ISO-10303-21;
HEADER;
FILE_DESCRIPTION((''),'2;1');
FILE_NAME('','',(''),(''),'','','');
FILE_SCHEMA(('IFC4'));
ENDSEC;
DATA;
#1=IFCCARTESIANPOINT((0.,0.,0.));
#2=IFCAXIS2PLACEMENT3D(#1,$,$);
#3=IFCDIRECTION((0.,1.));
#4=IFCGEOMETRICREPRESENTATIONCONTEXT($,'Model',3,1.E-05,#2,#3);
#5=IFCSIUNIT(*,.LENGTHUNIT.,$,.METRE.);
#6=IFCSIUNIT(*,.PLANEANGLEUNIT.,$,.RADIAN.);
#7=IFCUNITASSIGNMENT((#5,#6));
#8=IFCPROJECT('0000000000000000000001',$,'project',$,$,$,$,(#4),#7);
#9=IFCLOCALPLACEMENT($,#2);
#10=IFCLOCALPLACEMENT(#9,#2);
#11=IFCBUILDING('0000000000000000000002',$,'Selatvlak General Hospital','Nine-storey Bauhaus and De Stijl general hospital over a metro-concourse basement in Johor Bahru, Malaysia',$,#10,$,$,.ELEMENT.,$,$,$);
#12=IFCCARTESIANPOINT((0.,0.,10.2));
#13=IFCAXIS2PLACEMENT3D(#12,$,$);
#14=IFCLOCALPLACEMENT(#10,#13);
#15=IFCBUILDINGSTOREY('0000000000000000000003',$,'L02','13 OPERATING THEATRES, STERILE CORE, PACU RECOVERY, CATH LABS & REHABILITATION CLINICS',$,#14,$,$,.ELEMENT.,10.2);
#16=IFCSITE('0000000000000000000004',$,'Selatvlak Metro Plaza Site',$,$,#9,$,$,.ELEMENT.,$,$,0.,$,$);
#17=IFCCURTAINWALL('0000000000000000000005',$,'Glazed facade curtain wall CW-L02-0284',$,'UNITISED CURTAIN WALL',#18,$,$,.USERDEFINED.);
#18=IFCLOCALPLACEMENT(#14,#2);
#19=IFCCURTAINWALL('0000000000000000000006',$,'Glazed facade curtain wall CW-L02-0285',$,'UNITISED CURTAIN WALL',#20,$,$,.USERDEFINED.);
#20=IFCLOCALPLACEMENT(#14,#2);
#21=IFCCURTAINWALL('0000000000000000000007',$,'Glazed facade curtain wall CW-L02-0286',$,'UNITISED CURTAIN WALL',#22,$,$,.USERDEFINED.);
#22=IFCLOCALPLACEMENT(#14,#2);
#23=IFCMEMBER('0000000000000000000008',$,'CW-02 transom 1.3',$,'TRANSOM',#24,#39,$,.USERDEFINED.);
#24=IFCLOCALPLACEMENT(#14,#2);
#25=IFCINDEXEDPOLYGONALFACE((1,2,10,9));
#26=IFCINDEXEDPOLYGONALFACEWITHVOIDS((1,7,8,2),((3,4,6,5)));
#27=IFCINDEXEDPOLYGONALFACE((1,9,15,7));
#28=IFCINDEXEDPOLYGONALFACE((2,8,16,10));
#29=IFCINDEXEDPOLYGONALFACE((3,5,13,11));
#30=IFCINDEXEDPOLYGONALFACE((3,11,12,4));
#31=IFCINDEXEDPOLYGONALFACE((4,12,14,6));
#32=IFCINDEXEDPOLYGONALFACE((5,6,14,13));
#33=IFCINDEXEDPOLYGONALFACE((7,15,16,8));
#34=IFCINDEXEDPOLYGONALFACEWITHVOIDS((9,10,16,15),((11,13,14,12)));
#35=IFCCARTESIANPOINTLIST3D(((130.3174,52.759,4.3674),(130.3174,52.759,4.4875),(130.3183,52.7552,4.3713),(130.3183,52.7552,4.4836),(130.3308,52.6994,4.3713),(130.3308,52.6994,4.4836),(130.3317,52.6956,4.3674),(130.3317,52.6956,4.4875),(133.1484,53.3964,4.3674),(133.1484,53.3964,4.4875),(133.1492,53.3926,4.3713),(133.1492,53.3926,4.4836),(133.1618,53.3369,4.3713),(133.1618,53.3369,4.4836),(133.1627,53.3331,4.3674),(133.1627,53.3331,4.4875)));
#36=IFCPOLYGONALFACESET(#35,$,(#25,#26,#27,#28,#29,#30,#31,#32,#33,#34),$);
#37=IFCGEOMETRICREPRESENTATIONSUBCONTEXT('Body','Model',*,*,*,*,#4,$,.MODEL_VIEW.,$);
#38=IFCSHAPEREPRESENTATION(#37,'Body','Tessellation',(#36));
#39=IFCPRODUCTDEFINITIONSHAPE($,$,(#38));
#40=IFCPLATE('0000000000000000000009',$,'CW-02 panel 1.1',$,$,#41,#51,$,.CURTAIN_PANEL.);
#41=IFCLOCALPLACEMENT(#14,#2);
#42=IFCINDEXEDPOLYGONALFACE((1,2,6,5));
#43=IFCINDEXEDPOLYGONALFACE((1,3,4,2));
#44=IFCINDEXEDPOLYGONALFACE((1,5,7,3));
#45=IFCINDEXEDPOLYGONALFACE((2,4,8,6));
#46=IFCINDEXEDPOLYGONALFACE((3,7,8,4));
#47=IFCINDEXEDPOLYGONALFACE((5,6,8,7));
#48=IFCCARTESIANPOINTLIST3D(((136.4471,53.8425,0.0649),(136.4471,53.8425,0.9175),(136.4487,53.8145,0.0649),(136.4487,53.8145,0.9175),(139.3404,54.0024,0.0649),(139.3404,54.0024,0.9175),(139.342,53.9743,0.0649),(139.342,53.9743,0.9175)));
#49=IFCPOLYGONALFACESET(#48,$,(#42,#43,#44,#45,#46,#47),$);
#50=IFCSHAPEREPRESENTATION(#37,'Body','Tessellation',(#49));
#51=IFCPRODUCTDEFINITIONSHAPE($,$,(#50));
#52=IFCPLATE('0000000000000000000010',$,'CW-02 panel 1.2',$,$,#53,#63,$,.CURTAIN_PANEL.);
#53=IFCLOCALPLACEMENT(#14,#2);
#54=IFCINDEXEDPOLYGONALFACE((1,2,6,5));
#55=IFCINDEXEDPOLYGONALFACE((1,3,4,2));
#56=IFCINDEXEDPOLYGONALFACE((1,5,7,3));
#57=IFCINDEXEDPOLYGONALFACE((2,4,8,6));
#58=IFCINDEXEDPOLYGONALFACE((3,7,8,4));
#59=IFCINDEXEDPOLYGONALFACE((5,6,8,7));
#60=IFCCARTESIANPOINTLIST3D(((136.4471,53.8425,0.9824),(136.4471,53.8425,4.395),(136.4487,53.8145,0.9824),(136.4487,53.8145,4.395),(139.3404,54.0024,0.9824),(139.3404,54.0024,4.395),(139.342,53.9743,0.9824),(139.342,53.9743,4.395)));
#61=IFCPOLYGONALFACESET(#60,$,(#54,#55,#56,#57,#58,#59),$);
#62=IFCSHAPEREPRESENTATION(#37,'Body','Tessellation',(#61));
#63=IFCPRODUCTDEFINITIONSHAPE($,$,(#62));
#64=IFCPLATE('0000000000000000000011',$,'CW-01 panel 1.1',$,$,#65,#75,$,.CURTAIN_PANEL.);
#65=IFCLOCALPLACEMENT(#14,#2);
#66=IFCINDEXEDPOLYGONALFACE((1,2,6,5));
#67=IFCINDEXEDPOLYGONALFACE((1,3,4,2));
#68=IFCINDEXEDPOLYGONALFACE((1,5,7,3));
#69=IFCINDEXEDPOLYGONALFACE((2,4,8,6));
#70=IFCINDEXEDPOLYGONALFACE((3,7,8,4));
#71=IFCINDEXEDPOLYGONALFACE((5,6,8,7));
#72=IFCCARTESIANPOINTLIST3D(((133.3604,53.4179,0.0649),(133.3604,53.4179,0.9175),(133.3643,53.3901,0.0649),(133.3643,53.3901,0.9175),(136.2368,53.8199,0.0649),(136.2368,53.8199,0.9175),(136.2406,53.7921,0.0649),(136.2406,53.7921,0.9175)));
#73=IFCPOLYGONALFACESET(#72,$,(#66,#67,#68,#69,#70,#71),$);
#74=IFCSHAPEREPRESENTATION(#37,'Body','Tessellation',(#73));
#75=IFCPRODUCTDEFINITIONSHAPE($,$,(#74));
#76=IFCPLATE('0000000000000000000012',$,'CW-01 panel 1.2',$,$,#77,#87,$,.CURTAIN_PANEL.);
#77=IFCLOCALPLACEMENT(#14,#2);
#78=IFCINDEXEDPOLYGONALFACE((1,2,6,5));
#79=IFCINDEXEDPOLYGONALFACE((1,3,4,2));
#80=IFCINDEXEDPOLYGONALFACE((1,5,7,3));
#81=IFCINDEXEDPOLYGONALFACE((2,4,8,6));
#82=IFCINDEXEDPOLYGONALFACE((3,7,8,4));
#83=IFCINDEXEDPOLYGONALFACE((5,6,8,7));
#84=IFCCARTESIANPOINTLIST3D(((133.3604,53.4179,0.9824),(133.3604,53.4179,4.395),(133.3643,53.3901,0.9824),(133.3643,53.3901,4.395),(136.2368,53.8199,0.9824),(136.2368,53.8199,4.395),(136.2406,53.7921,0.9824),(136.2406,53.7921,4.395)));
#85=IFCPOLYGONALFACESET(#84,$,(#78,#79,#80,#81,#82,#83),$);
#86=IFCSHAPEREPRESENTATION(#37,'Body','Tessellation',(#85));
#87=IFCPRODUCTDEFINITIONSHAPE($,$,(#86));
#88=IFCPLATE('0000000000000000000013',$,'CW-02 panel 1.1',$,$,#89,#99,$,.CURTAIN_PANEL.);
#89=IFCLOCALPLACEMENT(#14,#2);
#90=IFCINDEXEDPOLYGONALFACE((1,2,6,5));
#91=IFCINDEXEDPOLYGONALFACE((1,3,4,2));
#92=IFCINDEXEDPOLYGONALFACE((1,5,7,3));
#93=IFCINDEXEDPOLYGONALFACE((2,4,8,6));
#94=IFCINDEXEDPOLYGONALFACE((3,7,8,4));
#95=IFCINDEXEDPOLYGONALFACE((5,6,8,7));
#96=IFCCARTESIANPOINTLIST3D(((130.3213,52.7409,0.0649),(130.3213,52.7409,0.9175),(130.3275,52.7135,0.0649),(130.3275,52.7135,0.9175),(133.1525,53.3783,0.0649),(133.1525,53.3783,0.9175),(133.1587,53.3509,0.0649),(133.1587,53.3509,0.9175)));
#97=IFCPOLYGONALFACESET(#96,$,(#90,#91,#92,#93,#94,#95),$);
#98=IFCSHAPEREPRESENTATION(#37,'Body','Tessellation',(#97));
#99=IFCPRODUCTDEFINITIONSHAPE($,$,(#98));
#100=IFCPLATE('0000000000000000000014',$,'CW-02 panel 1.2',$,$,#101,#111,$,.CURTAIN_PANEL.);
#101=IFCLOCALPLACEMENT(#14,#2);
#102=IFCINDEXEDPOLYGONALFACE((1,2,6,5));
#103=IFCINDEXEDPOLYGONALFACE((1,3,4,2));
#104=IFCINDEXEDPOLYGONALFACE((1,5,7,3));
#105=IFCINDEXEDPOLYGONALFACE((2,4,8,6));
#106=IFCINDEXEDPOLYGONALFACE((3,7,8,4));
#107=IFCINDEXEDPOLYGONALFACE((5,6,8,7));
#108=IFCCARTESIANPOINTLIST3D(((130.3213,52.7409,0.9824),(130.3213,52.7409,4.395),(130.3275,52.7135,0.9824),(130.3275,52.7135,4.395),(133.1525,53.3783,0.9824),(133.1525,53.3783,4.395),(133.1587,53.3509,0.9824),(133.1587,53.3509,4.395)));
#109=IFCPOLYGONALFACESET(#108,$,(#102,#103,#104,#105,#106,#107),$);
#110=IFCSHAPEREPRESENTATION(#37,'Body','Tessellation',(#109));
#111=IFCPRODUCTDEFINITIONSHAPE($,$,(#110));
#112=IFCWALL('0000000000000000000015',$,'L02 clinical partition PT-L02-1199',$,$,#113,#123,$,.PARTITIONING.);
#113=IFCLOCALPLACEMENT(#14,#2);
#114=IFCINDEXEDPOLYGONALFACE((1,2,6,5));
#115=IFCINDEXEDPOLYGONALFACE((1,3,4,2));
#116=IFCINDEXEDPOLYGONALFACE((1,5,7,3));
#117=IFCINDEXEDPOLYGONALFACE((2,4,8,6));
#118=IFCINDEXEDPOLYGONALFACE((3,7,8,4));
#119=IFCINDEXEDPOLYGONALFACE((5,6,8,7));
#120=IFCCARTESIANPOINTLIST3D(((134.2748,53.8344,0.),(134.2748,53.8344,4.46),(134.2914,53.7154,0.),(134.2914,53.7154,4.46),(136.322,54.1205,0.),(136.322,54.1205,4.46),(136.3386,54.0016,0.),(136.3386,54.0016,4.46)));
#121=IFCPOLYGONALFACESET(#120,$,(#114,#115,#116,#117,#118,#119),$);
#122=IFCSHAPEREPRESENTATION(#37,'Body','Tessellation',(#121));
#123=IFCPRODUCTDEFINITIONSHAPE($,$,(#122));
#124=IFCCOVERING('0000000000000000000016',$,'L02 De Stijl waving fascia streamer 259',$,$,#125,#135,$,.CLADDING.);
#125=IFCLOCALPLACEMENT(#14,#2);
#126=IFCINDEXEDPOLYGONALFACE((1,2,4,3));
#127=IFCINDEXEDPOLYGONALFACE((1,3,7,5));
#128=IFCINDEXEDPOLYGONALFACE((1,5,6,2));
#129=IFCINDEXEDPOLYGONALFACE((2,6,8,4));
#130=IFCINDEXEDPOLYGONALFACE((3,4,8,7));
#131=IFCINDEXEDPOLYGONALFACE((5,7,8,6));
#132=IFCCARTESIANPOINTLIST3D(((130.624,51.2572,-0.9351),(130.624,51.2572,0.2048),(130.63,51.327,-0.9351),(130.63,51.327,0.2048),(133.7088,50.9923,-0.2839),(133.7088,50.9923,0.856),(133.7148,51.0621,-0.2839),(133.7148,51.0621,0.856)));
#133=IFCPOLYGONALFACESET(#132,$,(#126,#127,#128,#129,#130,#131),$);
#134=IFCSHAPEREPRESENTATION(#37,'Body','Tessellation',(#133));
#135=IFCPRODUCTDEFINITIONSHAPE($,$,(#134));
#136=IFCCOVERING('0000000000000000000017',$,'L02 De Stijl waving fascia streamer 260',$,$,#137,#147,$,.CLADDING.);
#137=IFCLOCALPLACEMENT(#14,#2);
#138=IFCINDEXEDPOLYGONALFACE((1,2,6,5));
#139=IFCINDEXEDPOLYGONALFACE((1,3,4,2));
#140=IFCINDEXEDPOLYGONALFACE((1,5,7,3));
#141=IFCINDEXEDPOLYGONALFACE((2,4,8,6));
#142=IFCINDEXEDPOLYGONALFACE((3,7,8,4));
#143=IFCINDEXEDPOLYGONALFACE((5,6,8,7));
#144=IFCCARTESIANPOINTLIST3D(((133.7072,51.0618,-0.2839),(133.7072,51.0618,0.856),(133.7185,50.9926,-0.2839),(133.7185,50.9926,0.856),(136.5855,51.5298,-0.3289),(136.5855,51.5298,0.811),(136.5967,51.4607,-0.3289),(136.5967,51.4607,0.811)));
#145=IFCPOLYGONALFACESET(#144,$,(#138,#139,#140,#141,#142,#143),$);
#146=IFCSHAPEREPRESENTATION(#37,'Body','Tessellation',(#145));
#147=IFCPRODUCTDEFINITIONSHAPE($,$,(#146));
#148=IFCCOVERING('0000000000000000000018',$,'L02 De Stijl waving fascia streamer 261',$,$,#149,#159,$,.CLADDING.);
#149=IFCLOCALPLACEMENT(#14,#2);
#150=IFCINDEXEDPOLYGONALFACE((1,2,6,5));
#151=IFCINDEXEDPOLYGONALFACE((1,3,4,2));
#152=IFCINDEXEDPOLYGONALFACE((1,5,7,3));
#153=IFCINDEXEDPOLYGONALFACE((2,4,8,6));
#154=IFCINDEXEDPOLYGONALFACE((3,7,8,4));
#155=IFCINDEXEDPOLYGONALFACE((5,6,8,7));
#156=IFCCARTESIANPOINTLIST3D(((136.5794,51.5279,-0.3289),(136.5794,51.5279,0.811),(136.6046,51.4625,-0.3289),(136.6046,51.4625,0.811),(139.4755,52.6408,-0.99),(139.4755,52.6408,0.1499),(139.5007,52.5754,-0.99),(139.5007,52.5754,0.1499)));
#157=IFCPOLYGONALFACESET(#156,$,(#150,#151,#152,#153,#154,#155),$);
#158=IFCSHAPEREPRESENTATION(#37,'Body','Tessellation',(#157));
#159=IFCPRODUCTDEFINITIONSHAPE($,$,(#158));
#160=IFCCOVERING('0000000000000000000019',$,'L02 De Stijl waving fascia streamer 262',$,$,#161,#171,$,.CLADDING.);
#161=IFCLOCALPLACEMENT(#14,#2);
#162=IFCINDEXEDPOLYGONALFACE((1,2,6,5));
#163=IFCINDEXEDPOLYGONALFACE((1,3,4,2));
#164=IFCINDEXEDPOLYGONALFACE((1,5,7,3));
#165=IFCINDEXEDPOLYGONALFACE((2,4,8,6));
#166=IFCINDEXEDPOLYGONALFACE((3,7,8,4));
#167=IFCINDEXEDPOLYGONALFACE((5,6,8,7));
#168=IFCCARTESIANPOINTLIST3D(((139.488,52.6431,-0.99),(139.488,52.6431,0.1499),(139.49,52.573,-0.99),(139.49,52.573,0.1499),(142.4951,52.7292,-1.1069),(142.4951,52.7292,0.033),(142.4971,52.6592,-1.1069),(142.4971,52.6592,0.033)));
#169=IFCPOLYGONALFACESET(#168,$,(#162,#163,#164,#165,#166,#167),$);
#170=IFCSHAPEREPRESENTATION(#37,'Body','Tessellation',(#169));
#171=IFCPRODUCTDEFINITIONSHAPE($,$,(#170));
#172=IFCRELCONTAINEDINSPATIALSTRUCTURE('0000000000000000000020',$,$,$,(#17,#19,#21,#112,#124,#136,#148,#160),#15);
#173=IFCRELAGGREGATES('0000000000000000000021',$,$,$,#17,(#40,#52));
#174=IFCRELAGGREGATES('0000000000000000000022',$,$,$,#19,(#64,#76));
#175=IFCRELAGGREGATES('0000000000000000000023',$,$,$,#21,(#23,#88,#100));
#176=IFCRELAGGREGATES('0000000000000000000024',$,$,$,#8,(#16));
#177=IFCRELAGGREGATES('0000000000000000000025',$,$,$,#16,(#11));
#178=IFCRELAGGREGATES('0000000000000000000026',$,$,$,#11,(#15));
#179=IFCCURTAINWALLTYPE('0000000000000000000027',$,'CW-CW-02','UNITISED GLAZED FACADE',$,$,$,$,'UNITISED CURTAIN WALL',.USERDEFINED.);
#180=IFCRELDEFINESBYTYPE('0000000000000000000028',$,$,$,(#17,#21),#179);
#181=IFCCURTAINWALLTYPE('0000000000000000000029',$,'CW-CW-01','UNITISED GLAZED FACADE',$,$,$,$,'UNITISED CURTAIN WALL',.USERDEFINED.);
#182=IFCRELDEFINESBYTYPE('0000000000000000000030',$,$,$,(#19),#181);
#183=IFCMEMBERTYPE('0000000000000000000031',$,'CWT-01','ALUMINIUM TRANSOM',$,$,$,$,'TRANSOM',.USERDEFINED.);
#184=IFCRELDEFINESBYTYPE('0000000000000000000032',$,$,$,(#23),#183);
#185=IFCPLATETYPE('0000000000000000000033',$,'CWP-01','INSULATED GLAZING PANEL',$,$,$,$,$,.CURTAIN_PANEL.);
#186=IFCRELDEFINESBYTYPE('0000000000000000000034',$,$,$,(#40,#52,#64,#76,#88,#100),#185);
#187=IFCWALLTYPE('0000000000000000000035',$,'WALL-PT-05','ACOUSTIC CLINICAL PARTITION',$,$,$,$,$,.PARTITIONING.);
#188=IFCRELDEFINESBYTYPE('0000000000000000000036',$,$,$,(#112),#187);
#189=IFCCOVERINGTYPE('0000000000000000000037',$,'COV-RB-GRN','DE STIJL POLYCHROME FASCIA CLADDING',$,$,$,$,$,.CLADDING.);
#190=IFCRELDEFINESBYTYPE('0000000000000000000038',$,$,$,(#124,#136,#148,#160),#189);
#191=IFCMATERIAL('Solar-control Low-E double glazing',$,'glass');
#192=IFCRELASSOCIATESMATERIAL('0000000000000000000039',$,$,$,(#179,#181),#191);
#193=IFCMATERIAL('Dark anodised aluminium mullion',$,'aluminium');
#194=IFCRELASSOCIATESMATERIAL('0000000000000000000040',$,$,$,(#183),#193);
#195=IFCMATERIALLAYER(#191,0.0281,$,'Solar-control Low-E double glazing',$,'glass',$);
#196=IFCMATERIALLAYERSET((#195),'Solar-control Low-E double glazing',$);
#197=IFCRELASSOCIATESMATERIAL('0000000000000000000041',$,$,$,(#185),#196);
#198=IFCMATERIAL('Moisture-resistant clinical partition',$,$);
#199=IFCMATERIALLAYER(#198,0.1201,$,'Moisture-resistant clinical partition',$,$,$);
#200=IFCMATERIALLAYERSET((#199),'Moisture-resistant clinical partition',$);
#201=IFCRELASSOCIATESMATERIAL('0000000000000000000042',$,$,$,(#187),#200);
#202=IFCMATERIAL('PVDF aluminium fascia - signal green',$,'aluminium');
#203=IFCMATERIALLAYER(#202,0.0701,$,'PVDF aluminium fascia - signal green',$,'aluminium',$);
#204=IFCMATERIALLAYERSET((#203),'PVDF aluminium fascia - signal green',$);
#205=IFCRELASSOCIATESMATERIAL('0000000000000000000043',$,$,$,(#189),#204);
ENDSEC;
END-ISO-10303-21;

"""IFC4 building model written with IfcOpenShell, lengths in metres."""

from ifc_helpers import new_model, si_unit, direction, frame, frame_2d, origin, origin_2d, place, context, subcontext, project, spatial, polyline, rectangle, hollow_rectangle, outline, extrude, material, layer, layer_set, material_profile, profile_set, type_object, element, aggregate, save


model = new_model("IFC4")

# Units and contexts
model_context = context("Model", 3, precision=1e-05, world=origin(), true_north=direction((0.0, 1.0)))
body_context = subcontext(model_context, "Body", "Model", "MODEL_VIEW")
ifc_project = project(units=[si_unit("LENGTHUNIT", "METRE"), si_unit("PLANEANGLEUNIT", "RADIAN")], contexts=[model_context])

# Site, building, storey
site_placement = place(None, origin())
site = spatial("IfcSite", under=ifc_project, at=site_placement, Name="Selatvlak Metro Plaza Site", CompositionType="ELEMENT", RefElevation=0.0)
building_placement = place(site_placement, origin())
building = spatial("IfcBuilding", under=site, at=building_placement, Name="Selatvlak General Hospital", Description="Nine-storey Bauhaus and De Stijl general hospital over a metro-concourse basement in Johor Bahru, Malaysia", CompositionType="ELEMENT")
storey_placement = place(building_placement, frame((0.0, 0.0, 10.2)))
storey = spatial("IfcBuildingStorey", under=building, at=storey_placement, Name="L02", Description="13 OPERATING THEATRES, STERILE CORE, PACU RECOVERY, CATH LABS & REHABILITATION CLINICS", CompositionType="ELEMENT", Elevation=10.2)

# Curtain wall
ifc_material_1 = material(Name="Solar-control Low-E double glazing", Category="glass")
curtain_wall_type_1 = type_object("IfcCurtainWallType", Name="CW-CW-02", Description="UNITISED GLAZED FACADE", ElementType="UNITISED CURTAIN WALL", PredefinedType="USERDEFINED", material=ifc_material_1)
curtain_wall_1_placement = place(storey_placement, origin())
curtain_wall_1 = element("IfcCurtainWall", 1, at=curtain_wall_1_placement, inside=storey, type_object=curtain_wall_type_1, Name="Glazed facade curtain wall CW-L02-0284", ObjectType="UNITISED CURTAIN WALL", PredefinedType="USERDEFINED")
ifc_material_2 = material(Name="Dark anodised aluminium mullion", Category="aluminium")

# Curtain walls
curtain_wall_type_2 = type_object("IfcCurtainWallType", Name="CW-CW-01", Description="UNITISED GLAZED FACADE", ElementType="UNITISED CURTAIN WALL", PredefinedType="USERDEFINED", material=ifc_material_1)
curtain_wall_2_placement = place(storey_placement, origin())
curtain_wall_2 = element("IfcCurtainWall", 2, at=curtain_wall_2_placement, inside=storey, type_object=curtain_wall_type_2, Name="Glazed facade curtain wall CW-L02-0285", ObjectType="UNITISED CURTAIN WALL", PredefinedType="USERDEFINED")
curtain_wall_3_placement = place(storey_placement, origin())
curtain_wall_3 = element("IfcCurtainWall", 3, at=curtain_wall_3_placement, inside=storey, type_object=curtain_wall_type_1, Name="Glazed facade curtain wall CW-L02-0286", ObjectType="UNITISED CURTAIN WALL", PredefinedType="USERDEFINED")

# Member
ifc_material_profile_1 = material_profile(ifc_material_2, hollow_rectangle(XDim=0.0649, YDim=0.1201, WallThickness=0.0039, at=origin_2d()), Name="AL-TRN 65x120x4")
ifc_profile_set_1 = profile_set([ifc_material_profile_1], Name="Dark anodised aluminium mullion")
member_type_1 = type_object("IfcMemberType", Name="CWT-01", Description="ALUMINIUM TRANSOM", ElementType="TRANSOM", PredefinedType="USERDEFINED", material=ifc_profile_set_1)
member_1_placement = place(storey_placement, frame((133.1555, 53.3647, 4.4275), z_axis=(-0.975576, -0.219664, 0.0), x_axis=(0.219664, -0.975576, 0.0)))
member_1 = element("IfcMember", 4, at=member_1_placement, type_object=member_type_1, Name="CW-02 transom 1.3", ObjectType="TRANSOM", PredefinedType="USERDEFINED", context=body_context, shape_type="SweptSolid", body=[
    extrude(hollow_rectangle(XDim=0.0649, YDim=0.1201, WallThickness=0.0039, at=origin_2d()), origin(), (0.0, 0.0, 1.0), 2.9019),
])

# Plates
ifc_layer_1 = layer(ifc_material_1, 0.0281, Name="Solar-control Low-E double glazing", Category="glass")
ifc_layer_set_1 = layer_set([ifc_layer_1], Name="Solar-control Low-E double glazing")
plate_type = type_object("IfcPlateType", Name="CWP-01", Description="INSULATED GLAZING PANEL", PredefinedType="CURTAIN_PANEL", material=ifc_layer_set_1)
plate_1_placement = place(storey_placement, frame((137.8945, 53.9084, 0.0649), z_axis=(0.0, 0.0, 1.0), x_axis=(-0.998478, -0.055159, 0.0)))
plate_1 = element("IfcPlate", 5, at=plate_1_placement, type_object=plate_type, Name="CW-02 panel 1.1", PredefinedType="CURTAIN_PANEL", context=body_context, shape_type="SweptSolid", body=[
    extrude(rectangle(XDim=2.8977, YDim=0.0281, at=origin_2d()), origin(), (0.0, 0.0, 1.0), 0.8525),
])
plate_2_placement = place(storey_placement, frame((137.8945, 53.9084, 0.9824), z_axis=(0.0, 0.0, 1.0), x_axis=(-0.998478, -0.055159, 0.0)))
plate_2 = element("IfcPlate", 6, at=plate_2_placement, type_object=plate_type, Name="CW-02 panel 1.2", PredefinedType="CURTAIN_PANEL", context=body_context, shape_type="SweptSolid", body=[
    extrude(rectangle(XDim=2.8977, YDim=0.0281, at=origin_2d()), origin(), (0.0, 0.0, 1.0), 3.4126),
])
aggregate(curtain_wall_1, [plate_1, plate_2])
plate_3_placement = place(storey_placement, frame((134.8005, 53.605, 0.0649), z_axis=(0.0, 0.0, 1.0), x_axis=(-0.990373, -0.138422, 0.0)))
plate_3 = element("IfcPlate", 7, at=plate_3_placement, type_object=plate_type, Name="CW-01 panel 1.1", PredefinedType="CURTAIN_PANEL", context=body_context, shape_type="SweptSolid", body=[
    extrude(rectangle(XDim=2.9043, YDim=0.0281, at=origin_2d()), origin(), (0.0, 0.0, 1.0), 0.8525),
])
plate_4_placement = place(storey_placement, frame((134.8005, 53.605, 0.9824), z_axis=(0.0, 0.0, 1.0), x_axis=(-0.990373, -0.138422, 0.0)))
plate_4 = element("IfcPlate", 8, at=plate_4_placement, type_object=plate_type, Name="CW-01 panel 1.2", PredefinedType="CURTAIN_PANEL", context=body_context, shape_type="SweptSolid", body=[
    extrude(rectangle(XDim=2.9043, YDim=0.0281, at=origin_2d()), origin(), (0.0, 0.0, 1.0), 3.4126),
])
aggregate(curtain_wall_2, [plate_3, plate_4])
plate_5_placement = place(storey_placement, frame((131.74, 53.0459, 0.0649), z_axis=(0.0, 0.0, 1.0), x_axis=(-0.975578, -0.219653, 0.0)))
plate_5 = element("IfcPlate", 9, at=plate_5_placement, type_object=plate_type, Name="CW-02 panel 1.1", PredefinedType="CURTAIN_PANEL", context=body_context, shape_type="SweptSolid", body=[
    extrude(rectangle(XDim=2.9021, YDim=0.0281, at=origin_2d()), origin(), (0.0, 0.0, 1.0), 0.8525),
])
plate_6_placement = place(storey_placement, frame((131.74, 53.0459, 0.9824), z_axis=(0.0, 0.0, 1.0), x_axis=(-0.975578, -0.219653, 0.0)))
plate_6 = element("IfcPlate", 10, at=plate_6_placement, type_object=plate_type, Name="CW-02 panel 1.2", PredefinedType="CURTAIN_PANEL", context=body_context, shape_type="SweptSolid", body=[
    extrude(rectangle(XDim=2.9021, YDim=0.0281, at=origin_2d()), origin(), (0.0, 0.0, 1.0), 3.4126),
])
aggregate(curtain_wall_3, [member_1, plate_5, plate_6])

# Wall
ifc_material_3 = material(Name="Moisture-resistant clinical partition")
ifc_layer_2 = layer(ifc_material_3, 0.1201, Name="Moisture-resistant clinical partition")
ifc_layer_set_2 = layer_set([ifc_layer_2], Name="Moisture-resistant clinical partition")
wall_type = type_object("IfcWallType", Name="WALL-PT-05", Description="ACOUSTIC CLINICAL PARTITION", PredefinedType="PARTITIONING", material=ifc_layer_set_2)
wall_placement = place(storey_placement, frame((134.283, 53.7749, 0.0), z_axis=(0.0, 0.0, 1.0), x_axis=(0.990373, 0.138428, 0.0)))
element("IfcWall", 11, at=wall_placement, inside=storey, type_object=wall_type, Name="L02 clinical partition PT-L02-1199", PredefinedType="PARTITIONING", context=body_context, shape_type="SweptSolid", body=[
    extrude(rectangle(XDim=2.0671, YDim=0.1201, at=frame_2d((1.0337, 0.0))), origin(), (0.0, 0.0, 1.0), 4.46),
])

# Coverings
ifc_material_4 = material(Name="PVDF aluminium fascia - signal green", Category="aluminium")
ifc_layer_3 = layer(ifc_material_4, 0.0701, Name="PVDF aluminium fascia - signal green", Category="aluminium")
ifc_layer_set_3 = layer_set([ifc_layer_3], Name="PVDF aluminium fascia - signal green")
covering_type = type_object("IfcCoveringType", Name="COV-RB-GRN", Description="DE STIJL POLYCHROME FASCIA CLADDING", PredefinedType="CLADDING", material=ifc_layer_set_3)
covering_1_placement = place(storey_placement, frame((130.627, 51.292, -0.9351), z_axis=(0.0, 0.0, 1.0), x_axis=(0.996334, -0.085551, 0.0)))
element("IfcCovering", 12, at=covering_1_placement, inside=storey, type_object=covering_type, Name="L02 De Stijl waving fascia streamer 259", PredefinedType="CLADDING", context=body_context, shape_type="SweptSolid", body=[
    extrude(outline(polyline([(0.0, 0.0), (3.0962, 0.6511), (3.0962, 1.791), (0.0, 1.1399), (0.0, 0.0)])), frame((0.0, 0.0352, 0.0), z_axis=(0.0, -1.0, 0.0), x_axis=(1.0, 0.0, 0.0)), (0.0, 0.0, 1.0), 0.0701),
])
covering_2_placement = place(storey_placement, frame((133.7129, 51.0271, -0.2839), z_axis=(0.0, 0.0, 1.0), x_axis=(0.987036, 0.160501, 0.0)))
element("IfcCovering", 13, at=covering_2_placement, inside=storey, type_object=covering_type, Name="L02 De Stijl waving fascia streamer 260", PredefinedType="CLADDING", context=body_context, shape_type="SweptSolid", body=[
    extrude(outline(polyline([(0.0, 0.0), (2.916, -0.0449), (2.916, 1.095), (0.0, 1.1399), (0.0, 0.0)])), frame((0.0, 0.0352, 0.0), z_axis=(0.0, -1.0, 0.0), x_axis=(1.0, 0.0, 0.0)), (0.0, 0.0, 1.0), 0.0701),
])
covering_3_placement = place(storey_placement, frame((136.592, 51.4951, -0.3289), z_axis=(0.0, 0.0, 1.0), x_axis=(0.933459, 0.358684, 0.0)))
element("IfcCovering", 14, at=covering_3_placement, inside=storey, type_object=covering_type, Name="L02 De Stijl waving fascia streamer 261", PredefinedType="CLADDING", context=body_context, shape_type="SweptSolid", body=[
    extrude(outline(polyline([(0.0, 0.0), (3.1025, -0.6611), (3.1025, 0.4788), (0.0, 1.1399), (0.0, 0.0)])), frame((0.0, 0.0352, 0.0), z_axis=(0.0, -1.0, 0.0), x_axis=(1.0, 0.0, 0.0)), (0.0, 0.0, 1.0), 0.0701),
])
covering_4_placement = place(storey_placement, frame((139.489, 52.6079, -0.99), z_axis=(0.0, 0.0, 1.0), x_axis=(0.99959, 0.028648, 0.0)))
element("IfcCovering", 15, at=covering_4_placement, inside=storey, type_object=covering_type, Name="L02 De Stijl waving fascia streamer 262", PredefinedType="CLADDING", context=body_context, shape_type="SweptSolid", body=[
    extrude(outline(polyline([(0.0, 0.0), (3.0083, -0.1169), (3.0083, 1.0229), (0.0, 1.1399), (0.0, 0.0)])), frame((0.0, 0.0352, 0.0), z_axis=(0.0, -1.0, 0.0), x_axis=(1.0, 0.0, 0.0)), (0.0, 0.0, 1.0), 0.0701),
])

save(model, "model.ifc")
